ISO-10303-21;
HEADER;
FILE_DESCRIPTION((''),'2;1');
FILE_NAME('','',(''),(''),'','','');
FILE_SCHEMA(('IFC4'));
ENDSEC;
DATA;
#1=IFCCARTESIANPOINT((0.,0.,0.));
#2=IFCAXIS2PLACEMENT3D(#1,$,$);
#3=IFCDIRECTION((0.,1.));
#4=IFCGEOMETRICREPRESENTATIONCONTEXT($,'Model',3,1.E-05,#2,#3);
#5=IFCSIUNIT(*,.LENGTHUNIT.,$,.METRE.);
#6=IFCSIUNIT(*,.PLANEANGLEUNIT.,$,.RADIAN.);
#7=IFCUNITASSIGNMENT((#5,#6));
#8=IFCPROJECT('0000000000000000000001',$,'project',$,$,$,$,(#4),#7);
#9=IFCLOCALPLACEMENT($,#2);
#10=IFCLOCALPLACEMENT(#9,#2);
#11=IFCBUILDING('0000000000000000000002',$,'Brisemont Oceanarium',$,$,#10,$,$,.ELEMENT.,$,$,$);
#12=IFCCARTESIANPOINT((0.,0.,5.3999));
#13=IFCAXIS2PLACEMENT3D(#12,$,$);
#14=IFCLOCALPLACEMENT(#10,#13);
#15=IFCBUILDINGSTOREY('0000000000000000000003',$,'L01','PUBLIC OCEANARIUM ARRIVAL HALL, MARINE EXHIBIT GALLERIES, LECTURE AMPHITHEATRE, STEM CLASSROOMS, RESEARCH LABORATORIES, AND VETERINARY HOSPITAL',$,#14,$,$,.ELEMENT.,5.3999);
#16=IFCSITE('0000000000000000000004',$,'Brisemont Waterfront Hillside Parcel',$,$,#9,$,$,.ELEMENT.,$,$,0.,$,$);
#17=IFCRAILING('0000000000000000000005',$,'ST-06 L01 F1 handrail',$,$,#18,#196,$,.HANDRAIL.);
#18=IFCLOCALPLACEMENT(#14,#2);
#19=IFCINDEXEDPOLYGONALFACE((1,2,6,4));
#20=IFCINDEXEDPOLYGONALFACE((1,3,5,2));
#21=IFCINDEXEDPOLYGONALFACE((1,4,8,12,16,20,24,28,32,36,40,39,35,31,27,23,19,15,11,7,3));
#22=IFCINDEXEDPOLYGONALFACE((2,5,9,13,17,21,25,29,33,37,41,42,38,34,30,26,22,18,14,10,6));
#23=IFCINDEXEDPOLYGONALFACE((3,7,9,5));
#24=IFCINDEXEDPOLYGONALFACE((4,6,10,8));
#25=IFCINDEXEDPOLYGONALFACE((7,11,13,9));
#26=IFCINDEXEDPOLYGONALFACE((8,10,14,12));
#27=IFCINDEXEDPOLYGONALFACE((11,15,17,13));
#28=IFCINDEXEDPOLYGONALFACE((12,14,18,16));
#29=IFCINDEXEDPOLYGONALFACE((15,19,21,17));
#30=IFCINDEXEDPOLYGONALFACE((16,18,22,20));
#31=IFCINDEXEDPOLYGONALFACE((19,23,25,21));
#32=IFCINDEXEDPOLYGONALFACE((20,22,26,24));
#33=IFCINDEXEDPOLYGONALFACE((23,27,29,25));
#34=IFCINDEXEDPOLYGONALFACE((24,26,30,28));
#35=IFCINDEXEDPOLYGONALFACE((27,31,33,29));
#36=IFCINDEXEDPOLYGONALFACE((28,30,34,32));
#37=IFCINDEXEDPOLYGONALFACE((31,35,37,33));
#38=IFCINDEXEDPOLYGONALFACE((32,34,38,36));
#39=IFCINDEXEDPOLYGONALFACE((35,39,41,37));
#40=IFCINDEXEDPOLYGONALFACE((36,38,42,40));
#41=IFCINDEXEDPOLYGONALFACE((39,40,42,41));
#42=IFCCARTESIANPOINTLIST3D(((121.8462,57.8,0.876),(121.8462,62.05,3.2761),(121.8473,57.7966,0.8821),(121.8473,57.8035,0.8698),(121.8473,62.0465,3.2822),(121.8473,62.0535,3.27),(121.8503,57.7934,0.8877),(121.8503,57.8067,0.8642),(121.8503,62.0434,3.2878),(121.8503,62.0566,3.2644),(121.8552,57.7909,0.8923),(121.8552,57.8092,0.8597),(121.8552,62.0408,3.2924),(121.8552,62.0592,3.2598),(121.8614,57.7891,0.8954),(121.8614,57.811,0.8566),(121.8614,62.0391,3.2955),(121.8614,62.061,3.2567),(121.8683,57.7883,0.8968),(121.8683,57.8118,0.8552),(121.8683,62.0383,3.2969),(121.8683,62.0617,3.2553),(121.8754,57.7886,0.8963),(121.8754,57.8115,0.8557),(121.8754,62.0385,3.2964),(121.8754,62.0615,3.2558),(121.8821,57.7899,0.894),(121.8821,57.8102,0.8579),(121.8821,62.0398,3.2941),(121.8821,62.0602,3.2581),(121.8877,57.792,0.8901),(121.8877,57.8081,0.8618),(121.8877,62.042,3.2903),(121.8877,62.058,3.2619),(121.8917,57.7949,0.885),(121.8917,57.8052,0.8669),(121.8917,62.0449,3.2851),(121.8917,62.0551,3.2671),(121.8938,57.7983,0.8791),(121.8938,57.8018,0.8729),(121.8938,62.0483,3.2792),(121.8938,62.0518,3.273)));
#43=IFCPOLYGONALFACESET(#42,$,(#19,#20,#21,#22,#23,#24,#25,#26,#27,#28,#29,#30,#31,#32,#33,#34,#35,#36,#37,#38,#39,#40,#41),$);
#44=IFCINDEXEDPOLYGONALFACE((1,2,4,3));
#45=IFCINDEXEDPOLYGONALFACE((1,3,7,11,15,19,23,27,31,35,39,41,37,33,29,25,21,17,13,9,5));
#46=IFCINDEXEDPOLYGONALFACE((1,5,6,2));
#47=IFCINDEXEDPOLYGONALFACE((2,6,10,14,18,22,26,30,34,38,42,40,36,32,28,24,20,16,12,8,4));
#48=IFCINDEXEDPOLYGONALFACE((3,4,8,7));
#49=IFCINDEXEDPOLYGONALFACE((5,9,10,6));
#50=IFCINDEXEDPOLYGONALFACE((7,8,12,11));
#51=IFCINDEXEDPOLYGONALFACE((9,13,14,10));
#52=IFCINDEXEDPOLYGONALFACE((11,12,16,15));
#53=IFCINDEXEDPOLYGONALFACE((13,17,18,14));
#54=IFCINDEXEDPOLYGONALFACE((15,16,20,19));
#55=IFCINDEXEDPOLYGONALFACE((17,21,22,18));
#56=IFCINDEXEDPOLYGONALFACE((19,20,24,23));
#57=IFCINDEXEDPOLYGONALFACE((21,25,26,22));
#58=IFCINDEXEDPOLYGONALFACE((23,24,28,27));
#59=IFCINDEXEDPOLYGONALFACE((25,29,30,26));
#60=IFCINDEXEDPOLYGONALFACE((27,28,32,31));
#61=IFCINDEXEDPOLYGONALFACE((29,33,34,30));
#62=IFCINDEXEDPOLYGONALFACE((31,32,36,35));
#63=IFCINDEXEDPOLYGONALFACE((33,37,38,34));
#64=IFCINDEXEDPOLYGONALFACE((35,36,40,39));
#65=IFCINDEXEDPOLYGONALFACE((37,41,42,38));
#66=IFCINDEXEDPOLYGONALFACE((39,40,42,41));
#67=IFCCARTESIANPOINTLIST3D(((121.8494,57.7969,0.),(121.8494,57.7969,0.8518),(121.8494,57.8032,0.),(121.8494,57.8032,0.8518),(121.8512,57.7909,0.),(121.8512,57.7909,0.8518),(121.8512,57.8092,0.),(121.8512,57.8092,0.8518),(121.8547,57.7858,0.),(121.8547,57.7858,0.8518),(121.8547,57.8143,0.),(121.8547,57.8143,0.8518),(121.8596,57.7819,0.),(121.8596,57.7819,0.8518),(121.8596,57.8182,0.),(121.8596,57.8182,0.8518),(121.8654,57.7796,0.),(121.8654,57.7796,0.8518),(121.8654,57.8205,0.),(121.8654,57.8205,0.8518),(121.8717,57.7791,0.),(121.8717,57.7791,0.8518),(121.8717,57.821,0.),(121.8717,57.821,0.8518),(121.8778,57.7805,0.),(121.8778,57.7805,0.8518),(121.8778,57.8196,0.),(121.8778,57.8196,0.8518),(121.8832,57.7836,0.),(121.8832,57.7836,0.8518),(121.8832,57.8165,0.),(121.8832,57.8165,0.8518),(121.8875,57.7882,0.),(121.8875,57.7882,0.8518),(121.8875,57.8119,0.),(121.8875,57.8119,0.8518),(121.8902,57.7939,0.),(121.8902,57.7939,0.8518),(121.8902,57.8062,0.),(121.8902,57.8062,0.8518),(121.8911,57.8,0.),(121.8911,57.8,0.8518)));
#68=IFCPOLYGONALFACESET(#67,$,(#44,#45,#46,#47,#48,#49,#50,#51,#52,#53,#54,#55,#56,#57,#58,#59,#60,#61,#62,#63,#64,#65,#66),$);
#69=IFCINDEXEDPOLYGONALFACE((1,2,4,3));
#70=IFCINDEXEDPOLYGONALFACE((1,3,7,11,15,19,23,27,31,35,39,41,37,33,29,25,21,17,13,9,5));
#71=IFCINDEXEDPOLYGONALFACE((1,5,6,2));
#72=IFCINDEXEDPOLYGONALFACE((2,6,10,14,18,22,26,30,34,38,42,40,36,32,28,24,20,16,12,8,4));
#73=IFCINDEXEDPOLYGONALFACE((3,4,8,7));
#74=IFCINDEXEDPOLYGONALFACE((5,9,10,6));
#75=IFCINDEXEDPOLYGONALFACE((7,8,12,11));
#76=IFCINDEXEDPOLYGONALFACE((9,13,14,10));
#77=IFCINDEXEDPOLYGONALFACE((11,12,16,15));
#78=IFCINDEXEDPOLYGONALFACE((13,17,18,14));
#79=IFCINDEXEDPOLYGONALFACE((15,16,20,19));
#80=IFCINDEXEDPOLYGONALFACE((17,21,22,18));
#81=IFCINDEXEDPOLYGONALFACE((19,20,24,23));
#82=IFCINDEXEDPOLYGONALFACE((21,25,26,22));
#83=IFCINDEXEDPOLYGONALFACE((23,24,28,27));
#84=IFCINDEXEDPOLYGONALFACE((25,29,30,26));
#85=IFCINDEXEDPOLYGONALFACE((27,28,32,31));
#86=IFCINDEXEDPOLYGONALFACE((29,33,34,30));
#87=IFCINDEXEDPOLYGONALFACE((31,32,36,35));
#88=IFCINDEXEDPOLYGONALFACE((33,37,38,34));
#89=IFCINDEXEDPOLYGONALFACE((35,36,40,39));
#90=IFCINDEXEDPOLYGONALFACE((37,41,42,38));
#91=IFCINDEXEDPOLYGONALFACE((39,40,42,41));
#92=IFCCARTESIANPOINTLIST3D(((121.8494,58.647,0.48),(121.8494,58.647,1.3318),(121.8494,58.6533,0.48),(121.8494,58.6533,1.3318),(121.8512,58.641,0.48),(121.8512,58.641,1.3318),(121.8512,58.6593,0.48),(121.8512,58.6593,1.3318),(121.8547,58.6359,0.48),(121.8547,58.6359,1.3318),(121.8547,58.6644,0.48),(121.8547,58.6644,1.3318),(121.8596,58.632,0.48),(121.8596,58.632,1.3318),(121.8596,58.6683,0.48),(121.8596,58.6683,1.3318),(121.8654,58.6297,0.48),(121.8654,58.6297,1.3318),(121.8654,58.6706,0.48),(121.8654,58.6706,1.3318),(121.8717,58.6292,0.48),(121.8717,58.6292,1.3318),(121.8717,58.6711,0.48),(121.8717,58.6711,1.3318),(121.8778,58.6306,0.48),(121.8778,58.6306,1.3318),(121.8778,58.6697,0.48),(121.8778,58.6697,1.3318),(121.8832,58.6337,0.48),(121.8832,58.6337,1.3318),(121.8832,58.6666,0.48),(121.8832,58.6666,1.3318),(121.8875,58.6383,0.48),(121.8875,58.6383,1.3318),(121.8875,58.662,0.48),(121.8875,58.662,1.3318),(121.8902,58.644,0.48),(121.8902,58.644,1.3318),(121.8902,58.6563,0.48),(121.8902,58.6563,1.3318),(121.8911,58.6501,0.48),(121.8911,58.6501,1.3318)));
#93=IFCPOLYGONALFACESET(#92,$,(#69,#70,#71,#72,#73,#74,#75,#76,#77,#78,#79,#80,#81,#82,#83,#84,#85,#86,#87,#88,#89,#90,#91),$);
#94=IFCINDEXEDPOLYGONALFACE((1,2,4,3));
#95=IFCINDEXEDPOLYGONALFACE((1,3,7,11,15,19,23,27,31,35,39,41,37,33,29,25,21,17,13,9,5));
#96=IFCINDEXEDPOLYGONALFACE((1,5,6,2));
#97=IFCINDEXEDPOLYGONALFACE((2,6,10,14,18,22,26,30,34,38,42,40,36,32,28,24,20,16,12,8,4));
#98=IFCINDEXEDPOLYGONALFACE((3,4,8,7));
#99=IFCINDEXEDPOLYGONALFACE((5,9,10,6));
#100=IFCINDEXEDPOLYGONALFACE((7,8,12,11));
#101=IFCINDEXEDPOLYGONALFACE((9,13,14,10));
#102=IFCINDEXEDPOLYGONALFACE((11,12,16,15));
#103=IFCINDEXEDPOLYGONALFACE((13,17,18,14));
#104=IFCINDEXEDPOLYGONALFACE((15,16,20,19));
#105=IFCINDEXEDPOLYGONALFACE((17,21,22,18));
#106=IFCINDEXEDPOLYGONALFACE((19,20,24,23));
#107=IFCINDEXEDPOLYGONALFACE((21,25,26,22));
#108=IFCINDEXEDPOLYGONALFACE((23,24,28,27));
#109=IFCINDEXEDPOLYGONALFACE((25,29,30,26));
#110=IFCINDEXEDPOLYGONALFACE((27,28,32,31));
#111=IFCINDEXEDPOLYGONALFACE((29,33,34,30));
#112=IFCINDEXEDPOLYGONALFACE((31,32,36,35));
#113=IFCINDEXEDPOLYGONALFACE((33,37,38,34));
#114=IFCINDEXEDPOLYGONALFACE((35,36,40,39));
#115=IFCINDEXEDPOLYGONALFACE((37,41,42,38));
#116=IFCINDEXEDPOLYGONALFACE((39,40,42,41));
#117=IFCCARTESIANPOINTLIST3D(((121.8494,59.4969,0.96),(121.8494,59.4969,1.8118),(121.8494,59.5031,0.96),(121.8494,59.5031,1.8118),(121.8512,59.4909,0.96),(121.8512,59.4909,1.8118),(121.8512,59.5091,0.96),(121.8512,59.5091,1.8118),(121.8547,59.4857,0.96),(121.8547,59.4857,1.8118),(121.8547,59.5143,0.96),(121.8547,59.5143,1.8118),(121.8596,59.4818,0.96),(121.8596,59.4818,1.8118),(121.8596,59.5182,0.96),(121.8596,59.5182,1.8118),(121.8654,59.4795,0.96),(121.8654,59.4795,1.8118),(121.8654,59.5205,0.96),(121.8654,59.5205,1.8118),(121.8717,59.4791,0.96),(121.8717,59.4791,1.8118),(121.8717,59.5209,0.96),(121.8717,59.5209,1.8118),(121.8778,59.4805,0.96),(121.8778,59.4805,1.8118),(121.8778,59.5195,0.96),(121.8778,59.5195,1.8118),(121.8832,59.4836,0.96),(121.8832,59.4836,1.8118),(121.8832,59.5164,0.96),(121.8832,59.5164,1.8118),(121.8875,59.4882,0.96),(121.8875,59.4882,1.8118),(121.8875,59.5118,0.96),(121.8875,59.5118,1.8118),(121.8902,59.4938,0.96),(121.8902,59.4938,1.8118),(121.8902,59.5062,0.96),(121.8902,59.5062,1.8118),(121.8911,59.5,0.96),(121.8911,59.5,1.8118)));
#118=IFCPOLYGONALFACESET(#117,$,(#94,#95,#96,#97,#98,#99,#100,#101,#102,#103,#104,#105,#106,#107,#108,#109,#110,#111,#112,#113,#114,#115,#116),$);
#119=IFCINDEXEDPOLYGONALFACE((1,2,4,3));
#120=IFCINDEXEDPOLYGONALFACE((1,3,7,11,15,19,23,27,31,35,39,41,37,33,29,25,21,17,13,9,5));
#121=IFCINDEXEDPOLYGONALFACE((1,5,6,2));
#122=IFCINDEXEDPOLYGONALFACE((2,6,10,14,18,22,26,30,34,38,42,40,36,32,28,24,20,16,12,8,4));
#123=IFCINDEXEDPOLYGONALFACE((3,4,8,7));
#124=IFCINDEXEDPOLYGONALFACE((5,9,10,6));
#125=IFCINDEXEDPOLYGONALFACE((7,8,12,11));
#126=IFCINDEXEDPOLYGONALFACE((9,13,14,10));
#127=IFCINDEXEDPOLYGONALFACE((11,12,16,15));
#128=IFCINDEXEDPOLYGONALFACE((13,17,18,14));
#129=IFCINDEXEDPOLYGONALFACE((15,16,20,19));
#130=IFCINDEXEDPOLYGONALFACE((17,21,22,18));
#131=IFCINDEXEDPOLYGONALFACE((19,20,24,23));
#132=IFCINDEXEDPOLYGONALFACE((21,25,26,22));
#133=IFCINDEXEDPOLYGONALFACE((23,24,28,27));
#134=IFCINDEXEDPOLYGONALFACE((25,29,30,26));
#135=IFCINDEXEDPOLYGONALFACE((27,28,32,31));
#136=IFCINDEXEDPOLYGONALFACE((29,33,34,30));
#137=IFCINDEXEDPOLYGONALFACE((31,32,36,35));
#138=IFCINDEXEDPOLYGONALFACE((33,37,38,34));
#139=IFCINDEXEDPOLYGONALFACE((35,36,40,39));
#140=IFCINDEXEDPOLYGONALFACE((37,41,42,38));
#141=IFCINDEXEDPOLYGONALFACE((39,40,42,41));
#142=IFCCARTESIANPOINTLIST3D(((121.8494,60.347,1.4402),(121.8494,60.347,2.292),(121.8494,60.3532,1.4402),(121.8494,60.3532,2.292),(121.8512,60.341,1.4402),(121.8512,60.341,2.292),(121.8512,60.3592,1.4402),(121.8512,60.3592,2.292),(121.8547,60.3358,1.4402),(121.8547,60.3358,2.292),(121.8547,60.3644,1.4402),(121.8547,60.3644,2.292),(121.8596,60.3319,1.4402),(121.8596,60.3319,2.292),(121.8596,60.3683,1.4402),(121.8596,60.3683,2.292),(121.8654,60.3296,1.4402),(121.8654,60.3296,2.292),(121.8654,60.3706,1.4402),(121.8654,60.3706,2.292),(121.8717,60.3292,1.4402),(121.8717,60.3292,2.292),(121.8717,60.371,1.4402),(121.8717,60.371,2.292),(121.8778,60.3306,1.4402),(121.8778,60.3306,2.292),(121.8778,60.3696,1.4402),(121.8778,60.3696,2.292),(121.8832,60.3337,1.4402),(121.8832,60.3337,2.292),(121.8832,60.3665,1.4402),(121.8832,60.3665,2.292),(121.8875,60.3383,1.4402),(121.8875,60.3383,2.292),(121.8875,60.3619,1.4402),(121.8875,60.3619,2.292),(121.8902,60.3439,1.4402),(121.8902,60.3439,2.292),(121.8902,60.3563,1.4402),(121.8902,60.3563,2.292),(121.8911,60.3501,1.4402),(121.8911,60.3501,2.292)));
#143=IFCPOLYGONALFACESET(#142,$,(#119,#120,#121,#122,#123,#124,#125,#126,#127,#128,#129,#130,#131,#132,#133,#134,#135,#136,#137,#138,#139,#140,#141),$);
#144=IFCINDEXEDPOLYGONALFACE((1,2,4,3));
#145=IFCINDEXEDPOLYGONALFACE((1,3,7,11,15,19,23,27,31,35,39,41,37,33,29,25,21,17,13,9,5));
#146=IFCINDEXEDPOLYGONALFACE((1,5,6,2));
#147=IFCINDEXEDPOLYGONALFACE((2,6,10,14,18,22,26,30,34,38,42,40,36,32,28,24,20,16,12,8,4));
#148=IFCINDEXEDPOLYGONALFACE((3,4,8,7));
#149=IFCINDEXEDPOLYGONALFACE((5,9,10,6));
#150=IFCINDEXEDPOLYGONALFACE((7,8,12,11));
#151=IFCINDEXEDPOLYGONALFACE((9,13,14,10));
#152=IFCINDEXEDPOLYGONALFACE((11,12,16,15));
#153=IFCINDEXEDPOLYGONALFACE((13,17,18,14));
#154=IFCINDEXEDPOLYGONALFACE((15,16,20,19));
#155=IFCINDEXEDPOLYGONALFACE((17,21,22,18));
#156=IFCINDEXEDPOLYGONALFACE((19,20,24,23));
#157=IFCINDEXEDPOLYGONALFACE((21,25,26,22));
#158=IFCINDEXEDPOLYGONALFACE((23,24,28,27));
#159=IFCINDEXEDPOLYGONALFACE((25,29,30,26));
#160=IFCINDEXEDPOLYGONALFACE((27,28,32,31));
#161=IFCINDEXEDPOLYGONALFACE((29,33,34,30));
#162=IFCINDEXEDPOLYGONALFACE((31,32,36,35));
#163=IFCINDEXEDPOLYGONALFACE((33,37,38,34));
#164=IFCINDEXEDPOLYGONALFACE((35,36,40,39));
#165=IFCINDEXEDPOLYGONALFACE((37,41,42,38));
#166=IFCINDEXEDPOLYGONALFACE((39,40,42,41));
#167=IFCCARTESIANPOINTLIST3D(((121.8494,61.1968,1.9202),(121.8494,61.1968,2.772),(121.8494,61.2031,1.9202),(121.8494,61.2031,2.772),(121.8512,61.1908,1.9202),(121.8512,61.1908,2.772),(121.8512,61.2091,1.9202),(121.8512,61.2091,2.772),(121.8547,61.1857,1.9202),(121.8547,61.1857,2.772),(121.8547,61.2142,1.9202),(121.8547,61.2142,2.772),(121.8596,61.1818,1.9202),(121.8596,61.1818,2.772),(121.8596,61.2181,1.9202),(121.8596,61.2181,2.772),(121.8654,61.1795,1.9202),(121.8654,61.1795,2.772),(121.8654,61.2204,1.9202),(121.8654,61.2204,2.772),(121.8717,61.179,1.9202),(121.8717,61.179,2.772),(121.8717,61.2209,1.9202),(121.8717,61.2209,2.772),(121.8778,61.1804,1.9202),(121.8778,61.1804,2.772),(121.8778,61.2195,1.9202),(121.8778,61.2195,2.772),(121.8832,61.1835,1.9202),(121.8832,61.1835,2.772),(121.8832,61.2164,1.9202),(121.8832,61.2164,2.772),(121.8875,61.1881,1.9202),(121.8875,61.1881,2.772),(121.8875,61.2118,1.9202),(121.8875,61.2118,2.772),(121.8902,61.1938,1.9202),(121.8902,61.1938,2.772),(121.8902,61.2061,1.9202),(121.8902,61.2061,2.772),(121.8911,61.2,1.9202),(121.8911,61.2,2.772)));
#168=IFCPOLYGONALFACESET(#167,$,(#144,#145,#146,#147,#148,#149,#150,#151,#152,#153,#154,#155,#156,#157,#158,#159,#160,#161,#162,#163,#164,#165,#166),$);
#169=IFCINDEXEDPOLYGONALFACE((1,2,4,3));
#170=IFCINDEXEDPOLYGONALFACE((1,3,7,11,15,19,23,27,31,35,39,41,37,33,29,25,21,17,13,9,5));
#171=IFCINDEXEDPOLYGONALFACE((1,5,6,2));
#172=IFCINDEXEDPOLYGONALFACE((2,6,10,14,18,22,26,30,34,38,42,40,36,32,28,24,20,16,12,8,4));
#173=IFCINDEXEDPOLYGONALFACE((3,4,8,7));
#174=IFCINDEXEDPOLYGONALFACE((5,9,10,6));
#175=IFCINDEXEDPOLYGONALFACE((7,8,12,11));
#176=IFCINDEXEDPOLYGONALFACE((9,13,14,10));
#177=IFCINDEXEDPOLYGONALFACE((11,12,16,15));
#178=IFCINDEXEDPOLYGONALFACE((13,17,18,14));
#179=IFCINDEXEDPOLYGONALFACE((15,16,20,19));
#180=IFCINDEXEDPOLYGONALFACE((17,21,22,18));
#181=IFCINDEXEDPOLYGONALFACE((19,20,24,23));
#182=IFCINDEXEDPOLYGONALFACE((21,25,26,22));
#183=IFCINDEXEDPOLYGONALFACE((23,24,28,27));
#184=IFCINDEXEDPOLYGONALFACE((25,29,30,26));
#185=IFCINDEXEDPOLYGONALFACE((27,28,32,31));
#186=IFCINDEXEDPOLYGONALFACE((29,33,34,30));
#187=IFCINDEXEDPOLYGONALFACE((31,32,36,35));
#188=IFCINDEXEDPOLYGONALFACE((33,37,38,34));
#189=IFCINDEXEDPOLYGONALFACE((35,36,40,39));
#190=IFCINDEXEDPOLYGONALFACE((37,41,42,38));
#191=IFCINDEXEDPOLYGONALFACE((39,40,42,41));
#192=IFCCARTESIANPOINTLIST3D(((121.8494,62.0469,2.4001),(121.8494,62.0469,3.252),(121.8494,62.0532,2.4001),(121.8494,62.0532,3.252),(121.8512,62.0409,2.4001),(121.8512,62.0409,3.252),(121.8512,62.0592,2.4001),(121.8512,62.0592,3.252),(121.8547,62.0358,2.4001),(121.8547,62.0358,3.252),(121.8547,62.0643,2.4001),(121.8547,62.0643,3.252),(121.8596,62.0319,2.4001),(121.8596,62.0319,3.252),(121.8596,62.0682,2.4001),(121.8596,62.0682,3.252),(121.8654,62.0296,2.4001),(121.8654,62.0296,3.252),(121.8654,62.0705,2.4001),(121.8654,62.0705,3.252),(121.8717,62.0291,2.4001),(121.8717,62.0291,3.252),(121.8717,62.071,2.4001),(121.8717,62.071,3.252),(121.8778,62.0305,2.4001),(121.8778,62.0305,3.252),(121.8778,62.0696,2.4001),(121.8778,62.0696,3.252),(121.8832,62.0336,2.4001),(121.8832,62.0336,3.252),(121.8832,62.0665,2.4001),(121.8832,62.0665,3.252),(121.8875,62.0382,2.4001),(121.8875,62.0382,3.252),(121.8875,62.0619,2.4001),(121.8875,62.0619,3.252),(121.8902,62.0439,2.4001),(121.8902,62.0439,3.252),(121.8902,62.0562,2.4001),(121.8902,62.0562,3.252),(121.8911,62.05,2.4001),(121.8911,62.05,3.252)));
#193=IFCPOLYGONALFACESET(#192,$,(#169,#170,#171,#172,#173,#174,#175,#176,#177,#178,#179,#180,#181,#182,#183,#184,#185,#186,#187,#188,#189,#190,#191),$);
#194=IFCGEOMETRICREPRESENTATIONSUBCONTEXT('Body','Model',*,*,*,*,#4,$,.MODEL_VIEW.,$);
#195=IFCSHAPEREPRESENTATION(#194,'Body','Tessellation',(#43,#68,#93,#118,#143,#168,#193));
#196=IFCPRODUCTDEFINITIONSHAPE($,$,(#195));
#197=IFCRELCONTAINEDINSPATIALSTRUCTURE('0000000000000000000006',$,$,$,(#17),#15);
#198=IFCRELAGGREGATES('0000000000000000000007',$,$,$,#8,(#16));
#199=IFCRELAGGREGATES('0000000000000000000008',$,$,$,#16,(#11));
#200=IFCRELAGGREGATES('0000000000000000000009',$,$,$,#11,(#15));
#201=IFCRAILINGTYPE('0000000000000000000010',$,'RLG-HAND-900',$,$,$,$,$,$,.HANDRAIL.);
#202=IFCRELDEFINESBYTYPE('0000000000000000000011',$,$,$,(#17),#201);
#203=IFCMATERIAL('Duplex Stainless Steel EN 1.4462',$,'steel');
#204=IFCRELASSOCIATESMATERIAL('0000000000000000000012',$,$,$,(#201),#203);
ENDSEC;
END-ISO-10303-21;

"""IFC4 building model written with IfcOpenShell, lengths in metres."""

from ifc_helpers import new_model, si_unit, direction, frame, origin, origin_2d, place, context, subcontext, project, spatial, circle, extrude, material, type_object, element, save


model = new_model("IFC4")

# Units and contexts
model_context = context("Model", 3, precision=1e-05, world=origin(), true_north=direction((0.0, 1.0)))
body_context = subcontext(model_context, "Body", "Model", "MODEL_VIEW")
ifc_project = project(units=[si_unit("LENGTHUNIT", "METRE"), si_unit("PLANEANGLEUNIT", "RADIAN")], contexts=[model_context])

# Site, building, storey
site_placement = place(None, origin())
site = spatial("IfcSite", under=ifc_project, at=site_placement, Name="Brisemont Waterfront Hillside Parcel", CompositionType="ELEMENT", RefElevation=0.0)
building_placement = place(site_placement, origin())
building = spatial("IfcBuilding", under=site, at=building_placement, Name="Brisemont Oceanarium", CompositionType="ELEMENT")
storey_placement = place(building_placement, frame((0.0, 0.0, 5.3999)))
storey = spatial("IfcBuildingStorey", under=building, at=storey_placement, Name="L01", Description="PUBLIC OCEANARIUM ARRIVAL HALL, MARINE EXHIBIT GALLERIES, LECTURE AMPHITHEATRE, STEM CLASSROOMS, RESEARCH LABORATORIES, AND VETERINARY HOSPITAL", CompositionType="ELEMENT", Elevation=5.3999)

# Railing
ifc_material_1 = material(Name="Duplex Stainless Steel EN 1.4462", Category="steel")
railing_type_1 = type_object("IfcRailingType", Name="RLG-HAND-900", PredefinedType="HANDRAIL", material=ifc_material_1)
railing_1_placement = place(storey_placement, frame((121.8701, 57.8, 0.0)))
element("IfcRailing", 1, at=railing_1_placement, inside=storey, type_object=railing_type_1, Name="ST-06 L01 F1 handrail", PredefinedType="HANDRAIL", context=body_context, shape_type="SweptSolid", body=[
    extrude(circle(Radius=0.0239, at=origin_2d()), frame((0.0, 0.0, 0.876), z_axis=(0.0, 0.870741, 0.491742), x_axis=(-1.0, 0.0, 0.0)), (0.0, 0.0, 1.0), 4.8809),
    extrude(circle(Radius=0.021, at=origin_2d()), origin(), (0.0, 0.0, 1.0), 0.8518),
    extrude(circle(Radius=0.021, at=origin_2d()), frame((0.0, 0.8501, 0.48)), (0.0, 0.0, 1.0), 0.8518),
    extrude(circle(Radius=0.021, at=origin_2d()), frame((0.0, 1.7, 0.96)), (0.0, 0.0, 1.0), 0.8518),
    extrude(circle(Radius=0.021, at=origin_2d()), frame((0.0, 2.55, 1.4402)), (0.0, 0.0, 1.0), 0.8518),
    extrude(circle(Radius=0.021, at=origin_2d()), frame((0.0, 3.3999, 1.9202)), (0.0, 0.0, 1.0), 0.8518),
    extrude(circle(Radius=0.021, at=origin_2d()), frame((0.0, 4.25, 2.4001)), (0.0, 0.0, 1.0), 0.8518),
])

save(model, "model.ifc")
